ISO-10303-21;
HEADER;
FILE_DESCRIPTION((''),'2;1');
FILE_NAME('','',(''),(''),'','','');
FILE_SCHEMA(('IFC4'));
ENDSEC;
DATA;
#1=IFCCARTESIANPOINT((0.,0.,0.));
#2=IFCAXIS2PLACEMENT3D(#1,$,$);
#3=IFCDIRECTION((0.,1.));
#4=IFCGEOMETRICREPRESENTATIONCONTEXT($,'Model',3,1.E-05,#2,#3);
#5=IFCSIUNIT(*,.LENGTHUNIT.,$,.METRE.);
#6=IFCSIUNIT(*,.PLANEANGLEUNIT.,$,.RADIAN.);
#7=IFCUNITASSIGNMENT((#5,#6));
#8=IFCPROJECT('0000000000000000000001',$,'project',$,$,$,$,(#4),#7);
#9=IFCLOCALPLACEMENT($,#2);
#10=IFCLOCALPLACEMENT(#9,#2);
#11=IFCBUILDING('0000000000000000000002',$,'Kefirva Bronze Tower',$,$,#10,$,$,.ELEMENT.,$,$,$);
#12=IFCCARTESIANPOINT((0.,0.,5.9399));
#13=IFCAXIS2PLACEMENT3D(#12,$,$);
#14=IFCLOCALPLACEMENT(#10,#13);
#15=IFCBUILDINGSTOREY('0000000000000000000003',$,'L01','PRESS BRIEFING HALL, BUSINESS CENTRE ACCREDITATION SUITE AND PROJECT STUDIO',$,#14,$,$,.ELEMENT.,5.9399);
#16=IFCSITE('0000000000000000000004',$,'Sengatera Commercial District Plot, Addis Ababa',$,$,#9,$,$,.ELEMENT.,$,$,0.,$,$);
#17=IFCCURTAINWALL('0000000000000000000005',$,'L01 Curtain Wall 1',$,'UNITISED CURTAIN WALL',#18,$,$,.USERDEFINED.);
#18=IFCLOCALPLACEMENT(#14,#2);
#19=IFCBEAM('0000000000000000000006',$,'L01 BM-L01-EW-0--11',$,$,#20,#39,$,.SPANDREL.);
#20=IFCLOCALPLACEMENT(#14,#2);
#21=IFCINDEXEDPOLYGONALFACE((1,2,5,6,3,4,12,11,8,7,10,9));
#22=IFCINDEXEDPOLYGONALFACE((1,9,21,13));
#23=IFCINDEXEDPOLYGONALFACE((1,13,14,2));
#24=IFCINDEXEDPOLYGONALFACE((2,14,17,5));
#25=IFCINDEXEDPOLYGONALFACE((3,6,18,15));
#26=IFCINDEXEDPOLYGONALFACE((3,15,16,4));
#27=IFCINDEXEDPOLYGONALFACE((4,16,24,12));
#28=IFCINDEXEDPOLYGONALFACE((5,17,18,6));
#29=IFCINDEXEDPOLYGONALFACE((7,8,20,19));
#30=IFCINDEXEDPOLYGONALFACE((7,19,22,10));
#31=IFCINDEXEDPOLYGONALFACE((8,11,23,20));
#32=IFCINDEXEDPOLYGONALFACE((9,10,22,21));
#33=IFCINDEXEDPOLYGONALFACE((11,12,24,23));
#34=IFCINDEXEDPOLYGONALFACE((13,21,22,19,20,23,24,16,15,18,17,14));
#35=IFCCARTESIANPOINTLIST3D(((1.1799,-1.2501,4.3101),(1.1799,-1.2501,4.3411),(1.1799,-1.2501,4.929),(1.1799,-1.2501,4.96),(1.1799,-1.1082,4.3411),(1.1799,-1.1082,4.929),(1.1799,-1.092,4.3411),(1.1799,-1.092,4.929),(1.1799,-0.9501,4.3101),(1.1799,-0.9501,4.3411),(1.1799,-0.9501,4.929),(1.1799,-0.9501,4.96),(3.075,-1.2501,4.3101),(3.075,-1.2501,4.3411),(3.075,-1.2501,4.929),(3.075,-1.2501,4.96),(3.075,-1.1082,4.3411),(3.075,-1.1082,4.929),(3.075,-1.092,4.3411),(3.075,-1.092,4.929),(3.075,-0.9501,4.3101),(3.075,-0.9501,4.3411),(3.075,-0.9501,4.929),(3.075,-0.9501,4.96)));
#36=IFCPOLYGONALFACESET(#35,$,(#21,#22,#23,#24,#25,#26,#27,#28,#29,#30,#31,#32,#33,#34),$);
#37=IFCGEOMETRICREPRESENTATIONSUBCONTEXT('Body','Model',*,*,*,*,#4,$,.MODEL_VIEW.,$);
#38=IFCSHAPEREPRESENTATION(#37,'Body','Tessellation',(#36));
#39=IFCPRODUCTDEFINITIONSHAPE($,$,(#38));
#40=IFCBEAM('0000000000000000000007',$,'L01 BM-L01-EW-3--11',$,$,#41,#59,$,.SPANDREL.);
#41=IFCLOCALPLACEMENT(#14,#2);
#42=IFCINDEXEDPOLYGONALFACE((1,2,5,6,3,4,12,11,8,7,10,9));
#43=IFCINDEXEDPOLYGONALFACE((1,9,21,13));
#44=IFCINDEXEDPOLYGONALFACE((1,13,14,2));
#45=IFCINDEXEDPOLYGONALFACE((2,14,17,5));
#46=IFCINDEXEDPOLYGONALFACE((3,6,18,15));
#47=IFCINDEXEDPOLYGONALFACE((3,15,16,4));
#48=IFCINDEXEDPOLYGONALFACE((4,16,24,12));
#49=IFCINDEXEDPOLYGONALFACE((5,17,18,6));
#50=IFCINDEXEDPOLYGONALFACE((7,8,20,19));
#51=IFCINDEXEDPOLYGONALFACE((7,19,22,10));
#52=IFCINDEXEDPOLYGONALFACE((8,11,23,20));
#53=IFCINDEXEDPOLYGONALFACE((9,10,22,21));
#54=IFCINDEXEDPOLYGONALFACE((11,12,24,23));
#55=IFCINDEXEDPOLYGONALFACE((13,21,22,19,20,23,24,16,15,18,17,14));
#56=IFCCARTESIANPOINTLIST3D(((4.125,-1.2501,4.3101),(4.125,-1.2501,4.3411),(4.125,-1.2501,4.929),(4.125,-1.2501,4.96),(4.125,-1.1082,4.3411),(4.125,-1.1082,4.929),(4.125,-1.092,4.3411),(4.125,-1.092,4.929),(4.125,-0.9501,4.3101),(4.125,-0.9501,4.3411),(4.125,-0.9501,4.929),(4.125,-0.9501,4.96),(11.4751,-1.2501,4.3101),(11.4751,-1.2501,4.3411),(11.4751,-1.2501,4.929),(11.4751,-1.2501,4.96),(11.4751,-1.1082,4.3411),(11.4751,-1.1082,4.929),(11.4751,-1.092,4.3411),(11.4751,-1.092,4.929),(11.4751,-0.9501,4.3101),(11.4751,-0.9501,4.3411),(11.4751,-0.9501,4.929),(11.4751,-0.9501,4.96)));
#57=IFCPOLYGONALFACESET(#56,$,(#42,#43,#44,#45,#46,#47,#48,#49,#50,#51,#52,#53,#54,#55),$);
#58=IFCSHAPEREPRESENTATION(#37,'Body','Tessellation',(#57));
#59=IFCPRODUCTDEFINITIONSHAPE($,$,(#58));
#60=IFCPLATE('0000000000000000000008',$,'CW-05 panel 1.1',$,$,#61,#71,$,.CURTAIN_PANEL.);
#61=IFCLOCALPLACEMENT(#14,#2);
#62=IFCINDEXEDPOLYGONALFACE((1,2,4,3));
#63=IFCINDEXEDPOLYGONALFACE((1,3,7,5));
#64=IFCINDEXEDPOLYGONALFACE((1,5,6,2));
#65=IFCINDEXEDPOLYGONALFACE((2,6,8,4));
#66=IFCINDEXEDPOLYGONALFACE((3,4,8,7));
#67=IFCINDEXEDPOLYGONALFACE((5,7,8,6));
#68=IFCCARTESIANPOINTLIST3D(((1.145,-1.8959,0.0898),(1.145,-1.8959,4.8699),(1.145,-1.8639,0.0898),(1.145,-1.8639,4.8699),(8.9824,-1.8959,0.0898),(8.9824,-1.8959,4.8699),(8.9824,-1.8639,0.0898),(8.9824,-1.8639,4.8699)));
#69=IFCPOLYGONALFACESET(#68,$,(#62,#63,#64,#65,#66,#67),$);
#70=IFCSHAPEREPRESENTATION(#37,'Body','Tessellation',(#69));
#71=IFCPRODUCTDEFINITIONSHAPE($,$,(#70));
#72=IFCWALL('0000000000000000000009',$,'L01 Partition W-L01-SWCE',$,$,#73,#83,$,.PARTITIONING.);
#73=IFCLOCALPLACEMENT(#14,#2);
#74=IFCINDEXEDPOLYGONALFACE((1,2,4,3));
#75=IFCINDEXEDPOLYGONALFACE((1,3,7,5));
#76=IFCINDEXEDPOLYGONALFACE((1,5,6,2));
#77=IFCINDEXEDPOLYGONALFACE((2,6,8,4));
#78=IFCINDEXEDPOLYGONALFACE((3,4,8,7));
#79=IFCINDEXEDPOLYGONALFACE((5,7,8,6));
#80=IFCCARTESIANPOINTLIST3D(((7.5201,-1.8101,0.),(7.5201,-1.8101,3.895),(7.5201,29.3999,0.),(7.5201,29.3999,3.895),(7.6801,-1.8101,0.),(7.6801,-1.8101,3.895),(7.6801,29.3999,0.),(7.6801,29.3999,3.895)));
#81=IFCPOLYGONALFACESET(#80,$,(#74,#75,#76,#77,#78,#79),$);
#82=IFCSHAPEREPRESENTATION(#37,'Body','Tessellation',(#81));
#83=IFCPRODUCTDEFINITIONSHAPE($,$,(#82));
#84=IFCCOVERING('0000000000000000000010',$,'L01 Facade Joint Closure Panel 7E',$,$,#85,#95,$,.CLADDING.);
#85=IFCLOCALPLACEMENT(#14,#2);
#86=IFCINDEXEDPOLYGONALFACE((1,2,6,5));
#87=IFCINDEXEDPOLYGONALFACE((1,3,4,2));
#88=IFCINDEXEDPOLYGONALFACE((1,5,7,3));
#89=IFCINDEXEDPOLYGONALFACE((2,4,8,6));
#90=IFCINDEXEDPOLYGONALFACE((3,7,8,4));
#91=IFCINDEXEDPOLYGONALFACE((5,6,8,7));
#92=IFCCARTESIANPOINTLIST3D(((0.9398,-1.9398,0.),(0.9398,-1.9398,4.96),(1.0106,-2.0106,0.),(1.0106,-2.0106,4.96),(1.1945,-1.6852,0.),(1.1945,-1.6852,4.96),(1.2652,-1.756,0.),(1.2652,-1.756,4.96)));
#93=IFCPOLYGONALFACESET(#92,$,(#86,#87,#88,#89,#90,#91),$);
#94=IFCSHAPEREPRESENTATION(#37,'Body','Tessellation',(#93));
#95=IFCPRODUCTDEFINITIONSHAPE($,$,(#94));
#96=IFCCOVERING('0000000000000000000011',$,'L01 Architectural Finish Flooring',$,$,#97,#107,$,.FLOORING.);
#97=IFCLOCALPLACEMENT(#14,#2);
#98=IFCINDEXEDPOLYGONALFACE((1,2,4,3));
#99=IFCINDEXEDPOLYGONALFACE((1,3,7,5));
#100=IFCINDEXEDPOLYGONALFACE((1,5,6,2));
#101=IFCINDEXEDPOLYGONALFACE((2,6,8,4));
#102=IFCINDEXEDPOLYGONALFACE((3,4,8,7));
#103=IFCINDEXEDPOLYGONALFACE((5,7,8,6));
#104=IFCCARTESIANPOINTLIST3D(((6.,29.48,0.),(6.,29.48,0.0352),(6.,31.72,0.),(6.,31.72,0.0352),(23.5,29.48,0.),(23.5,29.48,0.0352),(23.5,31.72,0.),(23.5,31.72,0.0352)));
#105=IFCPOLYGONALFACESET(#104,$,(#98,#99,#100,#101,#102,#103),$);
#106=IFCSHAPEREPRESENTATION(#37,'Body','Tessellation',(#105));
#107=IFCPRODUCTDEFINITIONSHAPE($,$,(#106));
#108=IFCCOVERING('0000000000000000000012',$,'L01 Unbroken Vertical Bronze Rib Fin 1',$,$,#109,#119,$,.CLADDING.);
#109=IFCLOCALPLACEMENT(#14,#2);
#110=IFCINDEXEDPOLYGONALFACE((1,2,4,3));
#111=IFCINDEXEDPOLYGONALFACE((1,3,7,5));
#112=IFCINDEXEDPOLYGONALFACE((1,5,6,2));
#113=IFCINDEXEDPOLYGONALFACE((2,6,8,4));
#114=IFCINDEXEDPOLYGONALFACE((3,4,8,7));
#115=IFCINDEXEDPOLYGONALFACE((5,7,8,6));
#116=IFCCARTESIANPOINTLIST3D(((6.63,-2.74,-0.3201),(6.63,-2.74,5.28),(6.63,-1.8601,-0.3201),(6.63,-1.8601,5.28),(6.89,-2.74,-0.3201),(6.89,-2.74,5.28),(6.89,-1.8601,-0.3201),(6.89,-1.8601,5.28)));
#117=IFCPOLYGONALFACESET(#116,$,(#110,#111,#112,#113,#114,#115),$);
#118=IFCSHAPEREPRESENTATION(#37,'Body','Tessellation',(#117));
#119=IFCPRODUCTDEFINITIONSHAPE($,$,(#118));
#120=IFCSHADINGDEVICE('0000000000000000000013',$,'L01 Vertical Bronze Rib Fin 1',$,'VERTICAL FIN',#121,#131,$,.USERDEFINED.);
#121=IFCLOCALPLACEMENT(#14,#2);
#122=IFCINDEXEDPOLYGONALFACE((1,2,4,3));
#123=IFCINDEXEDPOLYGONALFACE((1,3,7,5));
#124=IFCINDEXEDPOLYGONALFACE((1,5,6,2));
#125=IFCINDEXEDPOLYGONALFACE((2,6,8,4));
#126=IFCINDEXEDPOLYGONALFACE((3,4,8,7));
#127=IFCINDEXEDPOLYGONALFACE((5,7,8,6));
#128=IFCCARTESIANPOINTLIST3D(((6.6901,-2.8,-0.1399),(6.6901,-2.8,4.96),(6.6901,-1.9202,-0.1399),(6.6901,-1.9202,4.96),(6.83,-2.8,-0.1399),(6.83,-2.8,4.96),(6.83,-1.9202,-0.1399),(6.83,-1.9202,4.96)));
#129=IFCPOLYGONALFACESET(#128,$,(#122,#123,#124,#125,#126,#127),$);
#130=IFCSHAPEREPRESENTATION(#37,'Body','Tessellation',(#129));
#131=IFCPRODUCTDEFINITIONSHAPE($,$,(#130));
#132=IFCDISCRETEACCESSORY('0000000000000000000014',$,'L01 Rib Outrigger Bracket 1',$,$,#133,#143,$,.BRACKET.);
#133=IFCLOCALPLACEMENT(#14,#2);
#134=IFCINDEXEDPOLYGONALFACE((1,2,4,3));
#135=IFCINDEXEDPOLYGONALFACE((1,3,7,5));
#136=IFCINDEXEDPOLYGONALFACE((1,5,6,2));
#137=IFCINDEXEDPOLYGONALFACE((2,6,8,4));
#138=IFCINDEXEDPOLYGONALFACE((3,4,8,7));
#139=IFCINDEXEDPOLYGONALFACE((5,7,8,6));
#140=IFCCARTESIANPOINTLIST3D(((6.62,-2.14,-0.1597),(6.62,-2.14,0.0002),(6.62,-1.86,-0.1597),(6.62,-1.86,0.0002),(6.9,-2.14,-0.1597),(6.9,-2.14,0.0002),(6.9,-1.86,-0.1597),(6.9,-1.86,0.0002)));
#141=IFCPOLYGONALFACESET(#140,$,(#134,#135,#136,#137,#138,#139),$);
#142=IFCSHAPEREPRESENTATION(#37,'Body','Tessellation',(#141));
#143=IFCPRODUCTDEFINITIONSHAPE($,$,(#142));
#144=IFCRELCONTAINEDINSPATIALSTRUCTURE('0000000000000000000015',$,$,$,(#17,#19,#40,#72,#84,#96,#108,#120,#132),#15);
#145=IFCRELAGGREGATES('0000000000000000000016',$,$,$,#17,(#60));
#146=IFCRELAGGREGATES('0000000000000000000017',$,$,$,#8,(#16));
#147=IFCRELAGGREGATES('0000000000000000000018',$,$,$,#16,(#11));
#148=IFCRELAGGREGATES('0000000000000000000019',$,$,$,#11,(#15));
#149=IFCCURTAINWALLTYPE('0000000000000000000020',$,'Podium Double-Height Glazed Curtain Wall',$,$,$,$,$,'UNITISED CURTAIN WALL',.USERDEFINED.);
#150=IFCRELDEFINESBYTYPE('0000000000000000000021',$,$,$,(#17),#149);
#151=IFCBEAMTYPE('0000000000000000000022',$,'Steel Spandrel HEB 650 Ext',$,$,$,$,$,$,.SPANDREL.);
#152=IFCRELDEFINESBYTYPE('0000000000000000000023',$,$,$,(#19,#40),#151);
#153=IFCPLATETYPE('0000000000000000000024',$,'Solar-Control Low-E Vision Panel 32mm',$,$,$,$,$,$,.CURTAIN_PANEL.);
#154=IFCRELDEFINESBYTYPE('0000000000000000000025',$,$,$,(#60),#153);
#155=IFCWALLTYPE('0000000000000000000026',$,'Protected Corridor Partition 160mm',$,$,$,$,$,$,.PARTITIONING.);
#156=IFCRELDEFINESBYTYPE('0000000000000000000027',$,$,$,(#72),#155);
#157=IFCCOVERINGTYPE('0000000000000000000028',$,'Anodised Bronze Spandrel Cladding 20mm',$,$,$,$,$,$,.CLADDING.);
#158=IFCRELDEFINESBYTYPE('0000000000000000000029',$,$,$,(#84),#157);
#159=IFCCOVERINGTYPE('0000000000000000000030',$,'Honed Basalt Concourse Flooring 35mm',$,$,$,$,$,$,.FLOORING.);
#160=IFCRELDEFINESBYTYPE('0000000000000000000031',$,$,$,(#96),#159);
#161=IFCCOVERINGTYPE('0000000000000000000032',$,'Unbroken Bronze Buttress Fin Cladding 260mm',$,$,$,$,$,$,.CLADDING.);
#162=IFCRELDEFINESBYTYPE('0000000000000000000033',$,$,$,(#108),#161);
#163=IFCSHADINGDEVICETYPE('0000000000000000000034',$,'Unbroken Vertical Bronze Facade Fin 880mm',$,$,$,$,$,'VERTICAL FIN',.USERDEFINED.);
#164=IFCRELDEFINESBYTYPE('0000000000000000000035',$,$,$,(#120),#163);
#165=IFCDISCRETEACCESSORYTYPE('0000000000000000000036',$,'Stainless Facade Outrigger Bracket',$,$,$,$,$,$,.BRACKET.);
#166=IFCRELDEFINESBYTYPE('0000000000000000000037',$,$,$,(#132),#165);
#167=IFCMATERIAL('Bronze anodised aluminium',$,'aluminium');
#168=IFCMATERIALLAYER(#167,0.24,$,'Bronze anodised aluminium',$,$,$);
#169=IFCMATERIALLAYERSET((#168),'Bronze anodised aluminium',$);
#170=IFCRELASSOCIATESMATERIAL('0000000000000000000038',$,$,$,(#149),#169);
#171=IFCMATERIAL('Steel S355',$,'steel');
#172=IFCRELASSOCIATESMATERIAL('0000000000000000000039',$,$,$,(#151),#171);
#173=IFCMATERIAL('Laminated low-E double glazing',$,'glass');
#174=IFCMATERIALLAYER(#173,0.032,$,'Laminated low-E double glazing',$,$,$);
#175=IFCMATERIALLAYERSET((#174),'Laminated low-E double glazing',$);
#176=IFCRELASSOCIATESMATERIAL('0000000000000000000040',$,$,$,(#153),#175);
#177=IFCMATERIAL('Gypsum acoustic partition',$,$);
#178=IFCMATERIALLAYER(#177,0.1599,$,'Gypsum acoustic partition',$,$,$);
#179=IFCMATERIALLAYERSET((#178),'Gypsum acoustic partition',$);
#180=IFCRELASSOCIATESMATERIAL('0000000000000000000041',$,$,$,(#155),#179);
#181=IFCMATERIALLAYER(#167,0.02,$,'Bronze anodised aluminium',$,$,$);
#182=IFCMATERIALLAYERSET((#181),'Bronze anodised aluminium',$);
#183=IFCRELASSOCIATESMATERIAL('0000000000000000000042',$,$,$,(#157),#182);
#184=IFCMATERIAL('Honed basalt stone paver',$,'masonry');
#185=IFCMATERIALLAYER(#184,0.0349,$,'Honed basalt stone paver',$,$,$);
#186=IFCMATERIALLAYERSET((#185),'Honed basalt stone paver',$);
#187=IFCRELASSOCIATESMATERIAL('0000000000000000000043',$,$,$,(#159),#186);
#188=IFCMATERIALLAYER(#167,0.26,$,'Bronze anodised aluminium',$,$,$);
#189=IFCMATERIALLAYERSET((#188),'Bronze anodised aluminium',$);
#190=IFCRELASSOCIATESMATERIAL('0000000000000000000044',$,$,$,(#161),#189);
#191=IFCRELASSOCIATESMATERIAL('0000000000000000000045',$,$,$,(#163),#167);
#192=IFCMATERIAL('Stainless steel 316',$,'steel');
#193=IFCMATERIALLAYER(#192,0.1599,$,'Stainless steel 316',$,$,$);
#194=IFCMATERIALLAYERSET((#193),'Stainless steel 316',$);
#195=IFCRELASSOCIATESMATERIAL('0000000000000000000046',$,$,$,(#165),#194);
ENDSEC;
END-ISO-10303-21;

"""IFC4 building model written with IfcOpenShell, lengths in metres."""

from ifc_helpers import new_model, si_unit, direction, frame, frame_2d, origin, origin_2d, place, context, subcontext, project, spatial, polyline, rectangle, i_section, outline, extrude, material, layer, layer_set, material_profile, profile_set, type_object, element, aggregate, save


model = new_model("IFC4")

# Units and contexts
model_context = context("Model", 3, precision=1e-05, world=origin(), true_north=direction((0.0, 1.0)))
body_context = subcontext(model_context, "Body", "Model", "MODEL_VIEW")
ifc_project = project(units=[si_unit("LENGTHUNIT", "METRE"), si_unit("PLANEANGLEUNIT", "RADIAN")], contexts=[model_context])

# Site, building, storey
site_placement = place(None, origin())
site = spatial("IfcSite", under=ifc_project, at=site_placement, Name="Sengatera Commercial District Plot, Addis Ababa", CompositionType="ELEMENT", RefElevation=0.0)
building_placement = place(site_placement, origin())
building = spatial("IfcBuilding", under=site, at=building_placement, Name="Kefirva Bronze Tower", CompositionType="ELEMENT")
storey_placement = place(building_placement, frame((0.0, 0.0, 5.9399)))
storey = spatial("IfcBuildingStorey", under=building, at=storey_placement, Name="L01", Description="PRESS BRIEFING HALL, BUSINESS CENTRE ACCREDITATION SUITE AND PROJECT STUDIO", CompositionType="ELEMENT", Elevation=5.9399)

# Curtain wall
ifc_material_1 = material(Name="Bronze anodised aluminium", Category="aluminium")
ifc_layer_1 = layer(ifc_material_1, 0.24, Name="Bronze anodised aluminium")
ifc_layer_set_1 = layer_set([ifc_layer_1], Name="Bronze anodised aluminium")
curtain_wall_type = type_object("IfcCurtainWallType", Name="Podium Double-Height Glazed Curtain Wall", ElementType="UNITISED CURTAIN WALL", PredefinedType="USERDEFINED", material=ifc_layer_set_1)
curtain_wall_placement = place(storey_placement, origin())
curtain_wall = element("IfcCurtainWall", 1, at=curtain_wall_placement, inside=storey, type_object=curtain_wall_type, Name="L01 Curtain Wall 1", ObjectType="UNITISED CURTAIN WALL", PredefinedType="USERDEFINED")

# Beams
ifc_material_2 = material(Name="Steel S355", Category="steel")
ifc_material_profile_1 = material_profile(ifc_material_2, i_section(OverallWidth=0.3, OverallDepth=0.6499, WebThickness=0.0161, FlangeThickness=0.031, at=origin_2d()), Name="HEB 650")
ifc_profile_set_1 = profile_set([ifc_material_profile_1], Name="Steel S355")
beam_type_1 = type_object("IfcBeamType", Name="Steel Spandrel HEB 650 Ext", PredefinedType="SPANDREL", material=ifc_profile_set_1)
beam_1_placement = place(storey_placement, frame((1.1799, -1.1001, 4.635), z_axis=(1.0, 0.0, 0.0), x_axis=(0.0, 1.0, 0.0)))
element("IfcBeam", 2, at=beam_1_placement, inside=storey, type_object=beam_type_1, Name="L01 BM-L01-EW-0--11", PredefinedType="SPANDREL", context=body_context, shape_type="SweptSolid", body=[
    extrude(i_section(OverallWidth=0.3, OverallDepth=0.6499, WebThickness=0.0161, FlangeThickness=0.031, at=origin_2d()), origin(), (0.0, 0.0, 1.0), 1.895),
])
beam_2_placement = place(storey_placement, frame((4.125, -1.1001, 4.635), z_axis=(1.0, 0.0, 0.0), x_axis=(0.0, 1.0, 0.0)))
element("IfcBeam", 3, at=beam_2_placement, inside=storey, type_object=beam_type_1, Name="L01 BM-L01-EW-3--11", PredefinedType="SPANDREL", context=body_context, shape_type="SweptSolid", body=[
    extrude(i_section(OverallWidth=0.3, OverallDepth=0.6499, WebThickness=0.0161, FlangeThickness=0.031, at=origin_2d()), origin(), (0.0, 0.0, 1.0), 7.3501),
])

# Plate
ifc_material_3 = material(Name="Laminated low-E double glazing", Category="glass")
ifc_layer_2 = layer(ifc_material_3, 0.032, Name="Laminated low-E double glazing")
ifc_layer_set_2 = layer_set([ifc_layer_2], Name="Laminated low-E double glazing")
plate_type = type_object("IfcPlateType", Name="Solar-Control Low-E Vision Panel 32mm", PredefinedType="CURTAIN_PANEL", material=ifc_layer_set_2)
plate_placement = place(storey_placement, frame((5.0637, -1.8799, 0.0898), z_axis=(0.0, 0.0, 1.0), x_axis=(1.0, 0.0, 0.0)))
plate = element("IfcPlate", 4, at=plate_placement, type_object=plate_type, Name="CW-05 panel 1.1", PredefinedType="CURTAIN_PANEL", context=body_context, shape_type="SweptSolid", body=[
    extrude(rectangle(XDim=7.8374, YDim=0.032, at=origin_2d()), origin(), (0.0, 0.0, 1.0), 4.78),
])
aggregate(curtain_wall, [plate])

# Wall
ifc_material_4 = material(Name="Gypsum acoustic partition")
ifc_layer_3 = layer(ifc_material_4, 0.1599, Name="Gypsum acoustic partition")
ifc_layer_set_3 = layer_set([ifc_layer_3], Name="Gypsum acoustic partition")
wall_type = type_object("IfcWallType", Name="Protected Corridor Partition 160mm", PredefinedType="PARTITIONING", material=ifc_layer_set_3)
wall_placement = place(storey_placement, frame((7.6001, -1.8101, 0.0), z_axis=(0.0, 0.0, 1.0), x_axis=(0.0, 1.0, 0.0)))
element("IfcWall", 5, at=wall_placement, inside=storey, type_object=wall_type, Name="L01 Partition W-L01-SWCE", PredefinedType="PARTITIONING", context=body_context, shape_type="SweptSolid", body=[
    extrude(rectangle(XDim=31.21, YDim=0.1599, at=frame_2d((15.605, 0.0))), origin(), (0.0, 0.0, 1.0), 3.895),
])

# Coverings
ifc_layer_4 = layer(ifc_material_1, 0.02, Name="Bronze anodised aluminium")
ifc_layer_set_4 = layer_set([ifc_layer_4], Name="Bronze anodised aluminium")
covering_type_1 = type_object("IfcCoveringType", Name="Anodised Bronze Spandrel Cladding 20mm", PredefinedType="CLADDING", material=ifc_layer_set_4)
covering_1_placement = place(storey_placement, frame((1.1025, -1.8479, 0.0), z_axis=(0.0, 0.0, 1.0), x_axis=(0.707107, -0.707107, 0.0)))
element("IfcCovering", 6, at=covering_1_placement, inside=storey, type_object=covering_type_1, Name="L01 Facade Joint Closure Panel 7E", PredefinedType="CLADDING", context=body_context, shape_type="SweptSolid", body=[
    extrude(rectangle(XDim=0.1001, YDim=0.3601, at=origin_2d()), origin(), (0.0, 0.0, 1.0), 4.96),
])
ifc_material_5 = material(Name="Honed basalt stone paver", Category="masonry")
ifc_layer_5 = layer(ifc_material_5, 0.0349, Name="Honed basalt stone paver")
ifc_layer_set_5 = layer_set([ifc_layer_5], Name="Honed basalt stone paver")
covering_type_2 = type_object("IfcCoveringType", Name="Honed Basalt Concourse Flooring 35mm", PredefinedType="FLOORING", material=ifc_layer_set_5)
covering_2_placement = place(storey_placement, origin())
element("IfcCovering", 7, at=covering_2_placement, inside=storey, type_object=covering_type_2, Name="L01 Architectural Finish Flooring", PredefinedType="FLOORING", context=body_context, shape_type="SweptSolid", body=[
    extrude(outline(polyline([(6.0, 29.48), (23.5, 29.48), (23.5, 31.72), (6.0, 31.72), (6.0, 29.48)])), origin(), (0.0, 0.0, 1.0), 0.0352),
])
ifc_layer_6 = layer(ifc_material_1, 0.26, Name="Bronze anodised aluminium")
ifc_layer_set_6 = layer_set([ifc_layer_6], Name="Bronze anodised aluminium")
covering_type_3 = type_object("IfcCoveringType", Name="Unbroken Bronze Buttress Fin Cladding 260mm", PredefinedType="CLADDING", material=ifc_layer_set_6)
covering_3_placement = place(storey_placement, frame((6.76, -2.3, -0.3201), z_axis=(0.0, 0.0, 1.0), x_axis=(1.0, 0.0, 0.0)))
element("IfcCovering", 8, at=covering_3_placement, inside=storey, type_object=covering_type_3, Name="L01 Unbroken Vertical Bronze Rib Fin 1", PredefinedType="CLADDING", context=body_context, shape_type="SweptSolid", body=[
    extrude(rectangle(XDim=0.26, YDim=0.8799, at=origin_2d()), origin(), (0.0, 0.0, 1.0), 5.6001),
])

# Shading device
ifc_material_profile_2 = material_profile(ifc_material_1, rectangle(XDim=0.1399, YDim=0.8799, at=origin_2d()), Name="BRONZE FIN 140x880")
ifc_profile_set_2 = profile_set([ifc_material_profile_2], Name="Bronze anodised aluminium")
shading_device_type = type_object("IfcShadingDeviceType", Name="Unbroken Vertical Bronze Facade Fin 880mm", ElementType="VERTICAL FIN", PredefinedType="USERDEFINED", material=ifc_profile_set_2)
shading_device_placement = place(storey_placement, frame((6.76, -2.3601, -0.1399), z_axis=(0.0, 0.0, 1.0), x_axis=(1.0, 0.0, 0.0)))
element("IfcShadingDevice", 9, at=shading_device_placement, inside=storey, type_object=shading_device_type, Name="L01 Vertical Bronze Rib Fin 1", ObjectType="VERTICAL FIN", PredefinedType="USERDEFINED", context=body_context, shape_type="SweptSolid", body=[
    extrude(rectangle(XDim=0.1399, YDim=0.8799, at=origin_2d()), origin(), (0.0, 0.0, 1.0), 5.0999),
])

# Discrete accessory
ifc_material_6 = material(Name="Stainless steel 316", Category="steel")
ifc_layer_7 = layer(ifc_material_6, 0.1599, Name="Stainless steel 316")
ifc_layer_set_7 = layer_set([ifc_layer_7], Name="Stainless steel 316")
discrete_accessory_type = type_object("IfcDiscreteAccessoryType", Name="Stainless Facade Outrigger Bracket", PredefinedType="BRACKET", material=ifc_layer_set_7)
discrete_accessory_placement = place(storey_placement, frame((6.76, -2.0, -0.1597), z_axis=(0.0, 0.0, 1.0), x_axis=(1.0, 0.0, 0.0)))
element("IfcDiscreteAccessory", 10, at=discrete_accessory_placement, inside=storey, type_object=discrete_accessory_type, Name="L01 Rib Outrigger Bracket 1", PredefinedType="BRACKET", context=body_context, shape_type="SweptSolid", body=[
    extrude(rectangle(XDim=0.28, YDim=0.28, at=origin_2d()), origin(), (0.0, 0.0, 1.0), 0.1599),
])

save(model, "model.ifc")
